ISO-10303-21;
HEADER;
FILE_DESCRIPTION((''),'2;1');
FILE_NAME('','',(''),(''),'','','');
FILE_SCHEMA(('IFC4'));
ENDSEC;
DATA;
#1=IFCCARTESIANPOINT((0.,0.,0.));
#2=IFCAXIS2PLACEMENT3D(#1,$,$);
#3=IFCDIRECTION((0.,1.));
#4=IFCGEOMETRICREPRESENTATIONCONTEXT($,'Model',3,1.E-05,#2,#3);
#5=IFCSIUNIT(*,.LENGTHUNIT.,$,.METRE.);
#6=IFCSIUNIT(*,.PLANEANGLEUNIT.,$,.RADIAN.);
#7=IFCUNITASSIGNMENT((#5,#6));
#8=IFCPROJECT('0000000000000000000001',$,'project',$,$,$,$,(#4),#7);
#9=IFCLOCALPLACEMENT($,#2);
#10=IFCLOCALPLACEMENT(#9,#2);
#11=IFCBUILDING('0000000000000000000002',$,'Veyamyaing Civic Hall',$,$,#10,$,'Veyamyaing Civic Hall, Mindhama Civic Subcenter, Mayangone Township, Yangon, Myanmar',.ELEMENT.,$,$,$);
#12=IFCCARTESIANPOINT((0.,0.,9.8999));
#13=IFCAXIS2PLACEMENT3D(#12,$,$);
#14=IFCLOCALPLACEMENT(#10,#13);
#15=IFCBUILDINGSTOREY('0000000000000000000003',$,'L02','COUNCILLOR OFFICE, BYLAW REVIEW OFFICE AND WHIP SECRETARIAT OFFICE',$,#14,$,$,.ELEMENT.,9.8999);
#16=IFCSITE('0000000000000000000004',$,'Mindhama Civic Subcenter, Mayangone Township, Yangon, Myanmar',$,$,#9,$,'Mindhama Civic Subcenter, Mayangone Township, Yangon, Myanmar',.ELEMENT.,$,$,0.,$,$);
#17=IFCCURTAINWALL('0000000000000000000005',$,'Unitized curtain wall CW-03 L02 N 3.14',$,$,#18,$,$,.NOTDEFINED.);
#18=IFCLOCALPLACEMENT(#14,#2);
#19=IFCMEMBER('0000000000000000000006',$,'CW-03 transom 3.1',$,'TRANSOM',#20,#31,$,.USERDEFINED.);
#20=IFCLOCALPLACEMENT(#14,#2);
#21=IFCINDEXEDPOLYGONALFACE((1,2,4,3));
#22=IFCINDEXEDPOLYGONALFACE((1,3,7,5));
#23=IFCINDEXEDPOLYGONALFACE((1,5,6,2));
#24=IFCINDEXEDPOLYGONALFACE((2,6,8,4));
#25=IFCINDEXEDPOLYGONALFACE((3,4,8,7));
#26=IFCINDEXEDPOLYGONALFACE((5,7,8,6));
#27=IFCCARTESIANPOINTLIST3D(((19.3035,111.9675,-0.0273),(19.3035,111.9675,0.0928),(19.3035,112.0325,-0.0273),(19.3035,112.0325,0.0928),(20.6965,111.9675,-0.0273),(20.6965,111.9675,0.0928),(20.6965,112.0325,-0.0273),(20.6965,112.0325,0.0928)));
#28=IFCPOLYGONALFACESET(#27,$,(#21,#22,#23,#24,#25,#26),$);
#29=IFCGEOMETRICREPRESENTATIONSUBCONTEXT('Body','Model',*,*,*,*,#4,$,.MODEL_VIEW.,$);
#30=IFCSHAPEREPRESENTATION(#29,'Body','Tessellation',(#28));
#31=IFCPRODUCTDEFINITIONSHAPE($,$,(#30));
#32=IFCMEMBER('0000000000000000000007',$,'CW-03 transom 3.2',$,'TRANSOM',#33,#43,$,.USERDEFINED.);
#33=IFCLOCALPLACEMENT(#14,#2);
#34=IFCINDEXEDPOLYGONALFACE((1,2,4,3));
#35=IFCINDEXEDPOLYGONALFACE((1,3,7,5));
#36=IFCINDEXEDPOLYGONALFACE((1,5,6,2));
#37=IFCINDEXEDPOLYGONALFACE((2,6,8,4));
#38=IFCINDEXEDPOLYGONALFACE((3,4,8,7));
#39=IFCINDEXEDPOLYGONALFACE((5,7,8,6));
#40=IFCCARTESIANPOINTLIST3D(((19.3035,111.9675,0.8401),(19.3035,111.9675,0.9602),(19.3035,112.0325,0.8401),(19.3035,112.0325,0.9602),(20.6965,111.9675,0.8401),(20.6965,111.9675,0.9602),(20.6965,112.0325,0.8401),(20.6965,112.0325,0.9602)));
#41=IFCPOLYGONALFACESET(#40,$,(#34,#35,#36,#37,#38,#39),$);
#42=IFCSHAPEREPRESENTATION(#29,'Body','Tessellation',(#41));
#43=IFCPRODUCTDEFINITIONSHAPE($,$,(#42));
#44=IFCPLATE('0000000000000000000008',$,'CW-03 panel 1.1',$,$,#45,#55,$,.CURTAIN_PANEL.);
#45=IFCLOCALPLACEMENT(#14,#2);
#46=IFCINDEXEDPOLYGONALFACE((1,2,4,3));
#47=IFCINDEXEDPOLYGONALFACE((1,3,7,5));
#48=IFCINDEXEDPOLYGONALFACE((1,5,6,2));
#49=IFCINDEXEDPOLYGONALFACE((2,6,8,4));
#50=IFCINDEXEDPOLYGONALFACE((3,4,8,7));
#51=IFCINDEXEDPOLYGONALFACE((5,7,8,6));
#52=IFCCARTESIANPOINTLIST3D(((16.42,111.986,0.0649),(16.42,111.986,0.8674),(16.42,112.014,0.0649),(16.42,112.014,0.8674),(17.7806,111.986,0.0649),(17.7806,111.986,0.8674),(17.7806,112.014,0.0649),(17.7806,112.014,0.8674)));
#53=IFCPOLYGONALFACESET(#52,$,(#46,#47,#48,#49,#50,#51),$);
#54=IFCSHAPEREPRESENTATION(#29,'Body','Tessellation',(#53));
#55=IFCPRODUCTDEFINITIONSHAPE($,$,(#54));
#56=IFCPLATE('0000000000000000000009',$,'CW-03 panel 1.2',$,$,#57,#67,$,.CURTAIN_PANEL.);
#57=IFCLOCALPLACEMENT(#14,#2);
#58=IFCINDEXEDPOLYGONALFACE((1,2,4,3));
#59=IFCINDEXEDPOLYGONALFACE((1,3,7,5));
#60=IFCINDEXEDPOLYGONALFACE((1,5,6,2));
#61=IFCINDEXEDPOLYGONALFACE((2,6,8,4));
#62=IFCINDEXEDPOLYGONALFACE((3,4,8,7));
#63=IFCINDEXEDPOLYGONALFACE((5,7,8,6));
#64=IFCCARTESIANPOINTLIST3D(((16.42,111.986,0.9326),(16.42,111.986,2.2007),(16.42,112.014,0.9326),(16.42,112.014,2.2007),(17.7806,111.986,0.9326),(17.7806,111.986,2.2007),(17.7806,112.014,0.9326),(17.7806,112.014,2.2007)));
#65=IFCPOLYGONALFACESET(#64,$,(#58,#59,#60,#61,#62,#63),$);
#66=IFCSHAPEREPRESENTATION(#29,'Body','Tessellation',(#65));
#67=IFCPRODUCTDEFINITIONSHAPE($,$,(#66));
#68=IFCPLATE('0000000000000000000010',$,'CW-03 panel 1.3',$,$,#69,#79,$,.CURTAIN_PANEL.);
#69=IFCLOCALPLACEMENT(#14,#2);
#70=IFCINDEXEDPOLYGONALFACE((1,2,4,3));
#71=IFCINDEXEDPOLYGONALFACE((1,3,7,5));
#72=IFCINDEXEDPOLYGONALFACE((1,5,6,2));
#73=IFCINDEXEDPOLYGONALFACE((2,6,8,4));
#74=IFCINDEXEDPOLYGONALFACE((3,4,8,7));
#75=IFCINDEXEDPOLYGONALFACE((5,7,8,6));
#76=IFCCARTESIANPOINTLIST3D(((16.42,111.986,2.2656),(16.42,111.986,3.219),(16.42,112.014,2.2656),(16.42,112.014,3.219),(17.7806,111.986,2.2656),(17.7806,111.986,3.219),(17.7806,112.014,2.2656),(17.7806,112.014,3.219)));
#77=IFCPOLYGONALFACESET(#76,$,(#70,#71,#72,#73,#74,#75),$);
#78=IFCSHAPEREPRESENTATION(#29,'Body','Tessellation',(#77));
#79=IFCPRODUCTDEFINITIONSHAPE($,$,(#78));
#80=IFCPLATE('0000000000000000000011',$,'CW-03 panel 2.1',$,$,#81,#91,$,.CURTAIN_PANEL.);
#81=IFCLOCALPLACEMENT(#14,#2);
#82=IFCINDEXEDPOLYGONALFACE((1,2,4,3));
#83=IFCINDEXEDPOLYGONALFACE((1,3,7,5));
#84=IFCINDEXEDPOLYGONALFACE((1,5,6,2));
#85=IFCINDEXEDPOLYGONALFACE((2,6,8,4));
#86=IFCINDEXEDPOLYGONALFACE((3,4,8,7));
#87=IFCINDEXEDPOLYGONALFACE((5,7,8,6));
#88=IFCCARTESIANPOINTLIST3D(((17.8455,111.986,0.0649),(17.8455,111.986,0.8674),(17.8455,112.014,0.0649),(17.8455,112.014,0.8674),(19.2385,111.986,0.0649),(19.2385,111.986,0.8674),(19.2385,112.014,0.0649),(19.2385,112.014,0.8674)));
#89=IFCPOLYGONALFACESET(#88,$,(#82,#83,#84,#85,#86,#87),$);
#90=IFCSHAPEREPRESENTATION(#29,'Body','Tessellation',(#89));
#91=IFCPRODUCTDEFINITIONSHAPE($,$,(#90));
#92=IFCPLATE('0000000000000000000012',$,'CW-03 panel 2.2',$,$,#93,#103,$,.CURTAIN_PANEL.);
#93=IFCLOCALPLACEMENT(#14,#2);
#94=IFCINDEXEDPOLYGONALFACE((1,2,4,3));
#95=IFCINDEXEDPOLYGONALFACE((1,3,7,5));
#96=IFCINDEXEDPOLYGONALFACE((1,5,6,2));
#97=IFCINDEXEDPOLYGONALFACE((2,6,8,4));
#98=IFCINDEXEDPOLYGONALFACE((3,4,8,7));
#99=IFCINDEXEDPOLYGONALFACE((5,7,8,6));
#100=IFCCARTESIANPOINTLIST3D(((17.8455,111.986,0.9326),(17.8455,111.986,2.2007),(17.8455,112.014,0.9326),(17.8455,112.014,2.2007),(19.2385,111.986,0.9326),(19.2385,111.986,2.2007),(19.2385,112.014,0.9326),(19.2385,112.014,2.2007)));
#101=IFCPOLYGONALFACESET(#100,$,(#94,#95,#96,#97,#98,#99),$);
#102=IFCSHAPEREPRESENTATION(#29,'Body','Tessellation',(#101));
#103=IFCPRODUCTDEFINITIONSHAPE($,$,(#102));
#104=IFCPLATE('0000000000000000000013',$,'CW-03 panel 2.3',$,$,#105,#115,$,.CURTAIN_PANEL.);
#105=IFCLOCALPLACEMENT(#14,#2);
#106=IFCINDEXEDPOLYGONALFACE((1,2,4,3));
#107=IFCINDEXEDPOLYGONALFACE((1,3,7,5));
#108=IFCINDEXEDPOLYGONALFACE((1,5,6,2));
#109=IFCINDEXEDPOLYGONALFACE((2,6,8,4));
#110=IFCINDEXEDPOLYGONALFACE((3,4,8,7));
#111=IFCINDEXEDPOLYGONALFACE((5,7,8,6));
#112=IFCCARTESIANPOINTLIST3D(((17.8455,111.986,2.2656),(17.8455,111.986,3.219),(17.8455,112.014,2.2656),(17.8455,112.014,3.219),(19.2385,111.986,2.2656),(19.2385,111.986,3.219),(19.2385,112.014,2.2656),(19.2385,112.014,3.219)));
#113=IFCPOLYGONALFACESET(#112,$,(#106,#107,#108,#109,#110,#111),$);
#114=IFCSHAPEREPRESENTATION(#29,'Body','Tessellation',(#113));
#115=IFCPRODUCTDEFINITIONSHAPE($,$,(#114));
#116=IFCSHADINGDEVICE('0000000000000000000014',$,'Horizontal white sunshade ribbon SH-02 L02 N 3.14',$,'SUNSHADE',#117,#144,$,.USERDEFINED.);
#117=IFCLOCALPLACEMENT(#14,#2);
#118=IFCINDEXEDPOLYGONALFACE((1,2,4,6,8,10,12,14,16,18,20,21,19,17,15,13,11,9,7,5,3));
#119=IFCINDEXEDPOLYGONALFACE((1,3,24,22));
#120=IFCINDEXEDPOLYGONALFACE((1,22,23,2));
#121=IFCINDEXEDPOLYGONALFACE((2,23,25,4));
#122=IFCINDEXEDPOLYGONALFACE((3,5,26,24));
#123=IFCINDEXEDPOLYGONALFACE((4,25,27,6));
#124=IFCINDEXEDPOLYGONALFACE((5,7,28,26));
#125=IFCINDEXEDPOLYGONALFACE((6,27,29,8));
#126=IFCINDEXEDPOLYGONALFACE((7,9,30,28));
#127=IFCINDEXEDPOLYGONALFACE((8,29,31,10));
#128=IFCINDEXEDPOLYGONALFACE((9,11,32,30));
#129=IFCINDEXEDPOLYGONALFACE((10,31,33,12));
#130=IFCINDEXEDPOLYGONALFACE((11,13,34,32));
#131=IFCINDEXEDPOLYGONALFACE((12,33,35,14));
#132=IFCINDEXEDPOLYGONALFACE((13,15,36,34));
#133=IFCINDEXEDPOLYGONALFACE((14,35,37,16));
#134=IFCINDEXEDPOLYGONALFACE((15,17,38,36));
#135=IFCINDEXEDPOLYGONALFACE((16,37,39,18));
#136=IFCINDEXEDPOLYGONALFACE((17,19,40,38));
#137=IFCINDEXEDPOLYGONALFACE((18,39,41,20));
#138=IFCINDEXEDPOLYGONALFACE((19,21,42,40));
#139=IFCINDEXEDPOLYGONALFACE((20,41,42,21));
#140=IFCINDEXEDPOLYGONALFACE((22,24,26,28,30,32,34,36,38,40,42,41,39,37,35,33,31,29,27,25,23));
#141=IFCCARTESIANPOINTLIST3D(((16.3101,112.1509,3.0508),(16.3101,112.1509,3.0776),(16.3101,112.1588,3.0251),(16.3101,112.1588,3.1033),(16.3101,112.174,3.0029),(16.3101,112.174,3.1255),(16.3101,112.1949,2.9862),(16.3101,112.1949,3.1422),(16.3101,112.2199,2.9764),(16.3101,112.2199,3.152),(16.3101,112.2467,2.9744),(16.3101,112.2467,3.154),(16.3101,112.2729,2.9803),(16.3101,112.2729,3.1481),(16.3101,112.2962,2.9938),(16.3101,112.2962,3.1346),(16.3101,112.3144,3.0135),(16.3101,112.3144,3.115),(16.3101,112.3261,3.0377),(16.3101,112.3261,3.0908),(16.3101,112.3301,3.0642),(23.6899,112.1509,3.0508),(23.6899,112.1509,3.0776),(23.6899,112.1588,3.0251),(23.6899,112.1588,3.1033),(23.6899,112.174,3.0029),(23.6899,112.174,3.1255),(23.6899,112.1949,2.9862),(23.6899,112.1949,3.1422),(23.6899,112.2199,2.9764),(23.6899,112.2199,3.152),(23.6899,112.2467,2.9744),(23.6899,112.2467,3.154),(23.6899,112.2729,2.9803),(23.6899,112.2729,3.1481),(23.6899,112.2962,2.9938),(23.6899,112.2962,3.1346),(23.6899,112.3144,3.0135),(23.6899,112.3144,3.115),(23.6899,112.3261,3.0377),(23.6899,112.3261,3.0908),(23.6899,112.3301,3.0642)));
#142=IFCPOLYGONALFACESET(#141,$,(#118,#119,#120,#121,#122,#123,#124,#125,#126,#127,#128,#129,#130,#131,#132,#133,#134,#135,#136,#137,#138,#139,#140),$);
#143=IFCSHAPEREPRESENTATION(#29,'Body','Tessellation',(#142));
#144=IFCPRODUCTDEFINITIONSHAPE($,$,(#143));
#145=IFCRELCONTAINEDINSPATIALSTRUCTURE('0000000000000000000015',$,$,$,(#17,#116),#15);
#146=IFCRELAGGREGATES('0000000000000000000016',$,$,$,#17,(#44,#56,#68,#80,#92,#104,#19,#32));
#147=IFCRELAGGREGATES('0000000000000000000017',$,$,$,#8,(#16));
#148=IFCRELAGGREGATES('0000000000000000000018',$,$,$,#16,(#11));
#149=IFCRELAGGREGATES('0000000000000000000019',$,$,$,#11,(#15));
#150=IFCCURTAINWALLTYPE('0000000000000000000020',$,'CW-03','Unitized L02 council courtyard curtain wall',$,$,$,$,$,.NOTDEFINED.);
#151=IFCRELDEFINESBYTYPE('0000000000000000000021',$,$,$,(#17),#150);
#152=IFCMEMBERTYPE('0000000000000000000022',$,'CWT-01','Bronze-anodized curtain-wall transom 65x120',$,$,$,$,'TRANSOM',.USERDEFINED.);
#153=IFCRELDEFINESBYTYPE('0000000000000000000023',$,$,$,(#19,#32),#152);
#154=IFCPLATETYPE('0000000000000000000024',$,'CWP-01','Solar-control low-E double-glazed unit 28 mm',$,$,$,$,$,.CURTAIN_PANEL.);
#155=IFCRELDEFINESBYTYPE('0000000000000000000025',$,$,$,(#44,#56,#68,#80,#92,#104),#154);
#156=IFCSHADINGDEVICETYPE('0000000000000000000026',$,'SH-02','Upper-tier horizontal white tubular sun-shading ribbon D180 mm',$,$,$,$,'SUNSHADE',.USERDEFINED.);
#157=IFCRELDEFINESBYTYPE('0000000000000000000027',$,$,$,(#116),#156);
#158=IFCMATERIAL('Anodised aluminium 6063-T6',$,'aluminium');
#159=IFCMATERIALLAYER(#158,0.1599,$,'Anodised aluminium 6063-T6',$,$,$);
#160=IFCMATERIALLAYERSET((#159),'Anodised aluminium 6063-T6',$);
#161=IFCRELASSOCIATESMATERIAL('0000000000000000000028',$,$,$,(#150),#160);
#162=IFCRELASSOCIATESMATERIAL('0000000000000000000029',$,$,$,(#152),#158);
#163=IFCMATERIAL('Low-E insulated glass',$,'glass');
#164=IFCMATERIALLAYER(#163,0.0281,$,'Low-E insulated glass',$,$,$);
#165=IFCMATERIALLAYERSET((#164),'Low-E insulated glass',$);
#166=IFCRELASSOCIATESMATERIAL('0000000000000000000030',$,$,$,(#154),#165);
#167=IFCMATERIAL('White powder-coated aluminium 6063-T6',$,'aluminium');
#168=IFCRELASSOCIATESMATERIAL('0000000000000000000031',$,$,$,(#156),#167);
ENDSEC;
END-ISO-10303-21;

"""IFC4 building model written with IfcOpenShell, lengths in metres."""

from ifc_helpers import new_model, si_unit, direction, frame, origin, origin_2d, place, context, subcontext, project, spatial, rectangle, circle, extrude, material, layer, layer_set, material_profile, profile_set, type_object, element, aggregate, save


model = new_model("IFC4")

# Units and contexts
model_context = context("Model", 3, precision=1e-05, world=origin(), true_north=direction((0.0, 1.0)))
body_context = subcontext(model_context, "Body", "Model", "MODEL_VIEW")
ifc_project = project(units=[si_unit("LENGTHUNIT", "METRE"), si_unit("PLANEANGLEUNIT", "RADIAN")], contexts=[model_context])

# Site, building, storey
site_placement = place(None, origin())
site = spatial("IfcSite", under=ifc_project, at=site_placement, Name="Mindhama Civic Subcenter, Mayangone Township, Yangon, Myanmar", LongName="Mindhama Civic Subcenter, Mayangone Township, Yangon, Myanmar", CompositionType="ELEMENT", RefElevation=0.0)
building_placement = place(site_placement, origin())
building = spatial("IfcBuilding", under=site, at=building_placement, Name="Veyamyaing Civic Hall", LongName="Veyamyaing Civic Hall, Mindhama Civic Subcenter, Mayangone Township, Yangon, Myanmar", CompositionType="ELEMENT")
storey_placement = place(building_placement, frame((0.0, 0.0, 9.8999)))
storey = spatial("IfcBuildingStorey", under=building, at=storey_placement, Name="L02", Description="COUNCILLOR OFFICE, BYLAW REVIEW OFFICE AND WHIP SECRETARIAT OFFICE", CompositionType="ELEMENT", Elevation=9.8999)

# Curtain wall, members, plates
ifc_material_1 = material(Name="Anodised aluminium 6063-T6", Category="aluminium")
ifc_layer_1 = layer(ifc_material_1, 0.1599, Name="Anodised aluminium 6063-T6")
ifc_layer_set_1 = layer_set([ifc_layer_1], Name="Anodised aluminium 6063-T6")
curtain_wall_type = type_object("IfcCurtainWallType", Name="CW-03", Description="Unitized L02 council courtyard curtain wall", PredefinedType="NOTDEFINED", material=ifc_layer_set_1)
curtain_wall_placement = place(storey_placement, origin())
curtain_wall = element("IfcCurtainWall", 1, at=curtain_wall_placement, inside=storey, type_object=curtain_wall_type, Name="Unitized curtain wall CW-03 L02 N 3.14", PredefinedType="NOTDEFINED")
ifc_material_profile_1 = material_profile(ifc_material_1, rectangle(XDim=0.0649, YDim=0.1201, at=origin_2d()), Name="ALU-TRN-65X120")
ifc_profile_set_1 = profile_set([ifc_material_profile_1], Name="Anodised aluminium 6063-T6")
member_type_1 = type_object("IfcMemberType", Name="CWT-01", Description="Bronze-anodized curtain-wall transom 65x120", ElementType="TRANSOM", PredefinedType="USERDEFINED", material=ifc_profile_set_1)
member_1_placement = place(storey_placement, frame((19.3035, 112.0, 0.0327), z_axis=(1.0, 0.0, 0.0), x_axis=(0.0, 1.0, 0.0)))
member_1 = element("IfcMember", 2, at=member_1_placement, type_object=member_type_1, Name="CW-03 transom 3.1", ObjectType="TRANSOM", PredefinedType="USERDEFINED", context=body_context, shape_type="SweptSolid", body=[
    extrude(rectangle(XDim=0.0649, YDim=0.1201, at=origin_2d()), origin(), (0.0, 0.0, 1.0), 1.3931),
])
member_2_placement = place(storey_placement, frame((19.3035, 112.0, 0.9001), z_axis=(1.0, 0.0, 0.0), x_axis=(0.0, 1.0, 0.0)))
member_2 = element("IfcMember", 3, at=member_2_placement, type_object=member_type_1, Name="CW-03 transom 3.2", ObjectType="TRANSOM", PredefinedType="USERDEFINED", context=body_context, shape_type="SweptSolid", body=[
    extrude(rectangle(XDim=0.0649, YDim=0.1201, at=origin_2d()), origin(), (0.0, 0.0, 1.0), 1.3931),
])
ifc_material_2 = material(Name="Low-E insulated glass", Category="glass")
ifc_layer_2 = layer(ifc_material_2, 0.0281, Name="Low-E insulated glass")
ifc_layer_set_2 = layer_set([ifc_layer_2], Name="Low-E insulated glass")
plate_type = type_object("IfcPlateType", Name="CWP-01", Description="Solar-control low-E double-glazed unit 28 mm", PredefinedType="CURTAIN_PANEL", material=ifc_layer_set_2)
plate_1_placement = place(storey_placement, frame((17.1003, 112.0, 0.0649), z_axis=(0.0, 0.0, 1.0), x_axis=(1.0, 0.0, 0.0)))
plate_1 = element("IfcPlate", 4, at=plate_1_placement, type_object=plate_type, Name="CW-03 panel 1.1", PredefinedType="CURTAIN_PANEL", context=body_context, shape_type="SweptSolid", body=[
    extrude(rectangle(XDim=1.3606, YDim=0.0281, at=origin_2d()), origin(), (0.0, 0.0, 1.0), 0.8025),
])
plate_2_placement = place(storey_placement, frame((17.1003, 112.0, 0.9326), z_axis=(0.0, 0.0, 1.0), x_axis=(1.0, 0.0, 0.0)))
plate_2 = element("IfcPlate", 5, at=plate_2_placement, type_object=plate_type, Name="CW-03 panel 1.2", PredefinedType="CURTAIN_PANEL", context=body_context, shape_type="SweptSolid", body=[
    extrude(rectangle(XDim=1.3606, YDim=0.0281, at=origin_2d()), origin(), (0.0, 0.0, 1.0), 1.2681),
])
plate_3_placement = place(storey_placement, frame((17.1003, 112.0, 2.2656), z_axis=(0.0, 0.0, 1.0), x_axis=(1.0, 0.0, 0.0)))
plate_3 = element("IfcPlate", 6, at=plate_3_placement, type_object=plate_type, Name="CW-03 panel 1.3", PredefinedType="CURTAIN_PANEL", context=body_context, shape_type="SweptSolid", body=[
    extrude(rectangle(XDim=1.3606, YDim=0.0281, at=origin_2d()), origin(), (0.0, 0.0, 1.0), 0.9534),
])
plate_4_placement = place(storey_placement, frame((18.542, 112.0, 0.0649), z_axis=(0.0, 0.0, 1.0), x_axis=(1.0, 0.0, 0.0)))
plate_4 = element("IfcPlate", 7, at=plate_4_placement, type_object=plate_type, Name="CW-03 panel 2.1", PredefinedType="CURTAIN_PANEL", context=body_context, shape_type="SweptSolid", body=[
    extrude(rectangle(XDim=1.3931, YDim=0.0281, at=origin_2d()), origin(), (0.0, 0.0, 1.0), 0.8025),
])
plate_5_placement = place(storey_placement, frame((18.542, 112.0, 0.9326), z_axis=(0.0, 0.0, 1.0), x_axis=(1.0, 0.0, 0.0)))
plate_5 = element("IfcPlate", 8, at=plate_5_placement, type_object=plate_type, Name="CW-03 panel 2.2", PredefinedType="CURTAIN_PANEL", context=body_context, shape_type="SweptSolid", body=[
    extrude(rectangle(XDim=1.3931, YDim=0.0281, at=origin_2d()), origin(), (0.0, 0.0, 1.0), 1.2681),
])
plate_6_placement = place(storey_placement, frame((18.542, 112.0, 2.2656), z_axis=(0.0, 0.0, 1.0), x_axis=(1.0, 0.0, 0.0)))
plate_6 = element("IfcPlate", 9, at=plate_6_placement, type_object=plate_type, Name="CW-03 panel 2.3", PredefinedType="CURTAIN_PANEL", context=body_context, shape_type="SweptSolid", body=[
    extrude(rectangle(XDim=1.3931, YDim=0.0281, at=origin_2d()), origin(), (0.0, 0.0, 1.0), 0.9534),
])
aggregate(curtain_wall, [plate_1, plate_2, plate_3, plate_4, plate_5, plate_6, member_1, member_2])

# Shading device
ifc_material_3 = material(Name="White powder-coated aluminium 6063-T6", Category="aluminium")
ifc_material_profile_2 = material_profile(ifc_material_3, circle(Radius=0.0901, at=origin_2d()), Name="SHADE-TUBE-180")
ifc_profile_set_2 = profile_set([ifc_material_profile_2], Name="White powder-coated aluminium 6063-T6")
shading_device_type = type_object("IfcShadingDeviceType", Name="SH-02", Description="Upper-tier horizontal white tubular sun-shading ribbon D180 mm", ElementType="SUNSHADE", PredefinedType="USERDEFINED", material=ifc_profile_set_2)
shading_device_placement = place(storey_placement, frame((16.3101, 112.24, 3.0642), z_axis=(1.0, 0.0, 0.0), x_axis=(0.0, 1.0, 0.0)))
element("IfcShadingDevice", 10, at=shading_device_placement, inside=storey, type_object=shading_device_type, Name="Horizontal white sunshade ribbon SH-02 L02 N 3.14", ObjectType="SUNSHADE", PredefinedType="USERDEFINED", context=body_context, shape_type="SweptSolid", body=[
    extrude(circle(Radius=0.0901, at=origin_2d()), origin(), (0.0, 0.0, 1.0), 7.3799),
])

save(model, "model.ifc")
